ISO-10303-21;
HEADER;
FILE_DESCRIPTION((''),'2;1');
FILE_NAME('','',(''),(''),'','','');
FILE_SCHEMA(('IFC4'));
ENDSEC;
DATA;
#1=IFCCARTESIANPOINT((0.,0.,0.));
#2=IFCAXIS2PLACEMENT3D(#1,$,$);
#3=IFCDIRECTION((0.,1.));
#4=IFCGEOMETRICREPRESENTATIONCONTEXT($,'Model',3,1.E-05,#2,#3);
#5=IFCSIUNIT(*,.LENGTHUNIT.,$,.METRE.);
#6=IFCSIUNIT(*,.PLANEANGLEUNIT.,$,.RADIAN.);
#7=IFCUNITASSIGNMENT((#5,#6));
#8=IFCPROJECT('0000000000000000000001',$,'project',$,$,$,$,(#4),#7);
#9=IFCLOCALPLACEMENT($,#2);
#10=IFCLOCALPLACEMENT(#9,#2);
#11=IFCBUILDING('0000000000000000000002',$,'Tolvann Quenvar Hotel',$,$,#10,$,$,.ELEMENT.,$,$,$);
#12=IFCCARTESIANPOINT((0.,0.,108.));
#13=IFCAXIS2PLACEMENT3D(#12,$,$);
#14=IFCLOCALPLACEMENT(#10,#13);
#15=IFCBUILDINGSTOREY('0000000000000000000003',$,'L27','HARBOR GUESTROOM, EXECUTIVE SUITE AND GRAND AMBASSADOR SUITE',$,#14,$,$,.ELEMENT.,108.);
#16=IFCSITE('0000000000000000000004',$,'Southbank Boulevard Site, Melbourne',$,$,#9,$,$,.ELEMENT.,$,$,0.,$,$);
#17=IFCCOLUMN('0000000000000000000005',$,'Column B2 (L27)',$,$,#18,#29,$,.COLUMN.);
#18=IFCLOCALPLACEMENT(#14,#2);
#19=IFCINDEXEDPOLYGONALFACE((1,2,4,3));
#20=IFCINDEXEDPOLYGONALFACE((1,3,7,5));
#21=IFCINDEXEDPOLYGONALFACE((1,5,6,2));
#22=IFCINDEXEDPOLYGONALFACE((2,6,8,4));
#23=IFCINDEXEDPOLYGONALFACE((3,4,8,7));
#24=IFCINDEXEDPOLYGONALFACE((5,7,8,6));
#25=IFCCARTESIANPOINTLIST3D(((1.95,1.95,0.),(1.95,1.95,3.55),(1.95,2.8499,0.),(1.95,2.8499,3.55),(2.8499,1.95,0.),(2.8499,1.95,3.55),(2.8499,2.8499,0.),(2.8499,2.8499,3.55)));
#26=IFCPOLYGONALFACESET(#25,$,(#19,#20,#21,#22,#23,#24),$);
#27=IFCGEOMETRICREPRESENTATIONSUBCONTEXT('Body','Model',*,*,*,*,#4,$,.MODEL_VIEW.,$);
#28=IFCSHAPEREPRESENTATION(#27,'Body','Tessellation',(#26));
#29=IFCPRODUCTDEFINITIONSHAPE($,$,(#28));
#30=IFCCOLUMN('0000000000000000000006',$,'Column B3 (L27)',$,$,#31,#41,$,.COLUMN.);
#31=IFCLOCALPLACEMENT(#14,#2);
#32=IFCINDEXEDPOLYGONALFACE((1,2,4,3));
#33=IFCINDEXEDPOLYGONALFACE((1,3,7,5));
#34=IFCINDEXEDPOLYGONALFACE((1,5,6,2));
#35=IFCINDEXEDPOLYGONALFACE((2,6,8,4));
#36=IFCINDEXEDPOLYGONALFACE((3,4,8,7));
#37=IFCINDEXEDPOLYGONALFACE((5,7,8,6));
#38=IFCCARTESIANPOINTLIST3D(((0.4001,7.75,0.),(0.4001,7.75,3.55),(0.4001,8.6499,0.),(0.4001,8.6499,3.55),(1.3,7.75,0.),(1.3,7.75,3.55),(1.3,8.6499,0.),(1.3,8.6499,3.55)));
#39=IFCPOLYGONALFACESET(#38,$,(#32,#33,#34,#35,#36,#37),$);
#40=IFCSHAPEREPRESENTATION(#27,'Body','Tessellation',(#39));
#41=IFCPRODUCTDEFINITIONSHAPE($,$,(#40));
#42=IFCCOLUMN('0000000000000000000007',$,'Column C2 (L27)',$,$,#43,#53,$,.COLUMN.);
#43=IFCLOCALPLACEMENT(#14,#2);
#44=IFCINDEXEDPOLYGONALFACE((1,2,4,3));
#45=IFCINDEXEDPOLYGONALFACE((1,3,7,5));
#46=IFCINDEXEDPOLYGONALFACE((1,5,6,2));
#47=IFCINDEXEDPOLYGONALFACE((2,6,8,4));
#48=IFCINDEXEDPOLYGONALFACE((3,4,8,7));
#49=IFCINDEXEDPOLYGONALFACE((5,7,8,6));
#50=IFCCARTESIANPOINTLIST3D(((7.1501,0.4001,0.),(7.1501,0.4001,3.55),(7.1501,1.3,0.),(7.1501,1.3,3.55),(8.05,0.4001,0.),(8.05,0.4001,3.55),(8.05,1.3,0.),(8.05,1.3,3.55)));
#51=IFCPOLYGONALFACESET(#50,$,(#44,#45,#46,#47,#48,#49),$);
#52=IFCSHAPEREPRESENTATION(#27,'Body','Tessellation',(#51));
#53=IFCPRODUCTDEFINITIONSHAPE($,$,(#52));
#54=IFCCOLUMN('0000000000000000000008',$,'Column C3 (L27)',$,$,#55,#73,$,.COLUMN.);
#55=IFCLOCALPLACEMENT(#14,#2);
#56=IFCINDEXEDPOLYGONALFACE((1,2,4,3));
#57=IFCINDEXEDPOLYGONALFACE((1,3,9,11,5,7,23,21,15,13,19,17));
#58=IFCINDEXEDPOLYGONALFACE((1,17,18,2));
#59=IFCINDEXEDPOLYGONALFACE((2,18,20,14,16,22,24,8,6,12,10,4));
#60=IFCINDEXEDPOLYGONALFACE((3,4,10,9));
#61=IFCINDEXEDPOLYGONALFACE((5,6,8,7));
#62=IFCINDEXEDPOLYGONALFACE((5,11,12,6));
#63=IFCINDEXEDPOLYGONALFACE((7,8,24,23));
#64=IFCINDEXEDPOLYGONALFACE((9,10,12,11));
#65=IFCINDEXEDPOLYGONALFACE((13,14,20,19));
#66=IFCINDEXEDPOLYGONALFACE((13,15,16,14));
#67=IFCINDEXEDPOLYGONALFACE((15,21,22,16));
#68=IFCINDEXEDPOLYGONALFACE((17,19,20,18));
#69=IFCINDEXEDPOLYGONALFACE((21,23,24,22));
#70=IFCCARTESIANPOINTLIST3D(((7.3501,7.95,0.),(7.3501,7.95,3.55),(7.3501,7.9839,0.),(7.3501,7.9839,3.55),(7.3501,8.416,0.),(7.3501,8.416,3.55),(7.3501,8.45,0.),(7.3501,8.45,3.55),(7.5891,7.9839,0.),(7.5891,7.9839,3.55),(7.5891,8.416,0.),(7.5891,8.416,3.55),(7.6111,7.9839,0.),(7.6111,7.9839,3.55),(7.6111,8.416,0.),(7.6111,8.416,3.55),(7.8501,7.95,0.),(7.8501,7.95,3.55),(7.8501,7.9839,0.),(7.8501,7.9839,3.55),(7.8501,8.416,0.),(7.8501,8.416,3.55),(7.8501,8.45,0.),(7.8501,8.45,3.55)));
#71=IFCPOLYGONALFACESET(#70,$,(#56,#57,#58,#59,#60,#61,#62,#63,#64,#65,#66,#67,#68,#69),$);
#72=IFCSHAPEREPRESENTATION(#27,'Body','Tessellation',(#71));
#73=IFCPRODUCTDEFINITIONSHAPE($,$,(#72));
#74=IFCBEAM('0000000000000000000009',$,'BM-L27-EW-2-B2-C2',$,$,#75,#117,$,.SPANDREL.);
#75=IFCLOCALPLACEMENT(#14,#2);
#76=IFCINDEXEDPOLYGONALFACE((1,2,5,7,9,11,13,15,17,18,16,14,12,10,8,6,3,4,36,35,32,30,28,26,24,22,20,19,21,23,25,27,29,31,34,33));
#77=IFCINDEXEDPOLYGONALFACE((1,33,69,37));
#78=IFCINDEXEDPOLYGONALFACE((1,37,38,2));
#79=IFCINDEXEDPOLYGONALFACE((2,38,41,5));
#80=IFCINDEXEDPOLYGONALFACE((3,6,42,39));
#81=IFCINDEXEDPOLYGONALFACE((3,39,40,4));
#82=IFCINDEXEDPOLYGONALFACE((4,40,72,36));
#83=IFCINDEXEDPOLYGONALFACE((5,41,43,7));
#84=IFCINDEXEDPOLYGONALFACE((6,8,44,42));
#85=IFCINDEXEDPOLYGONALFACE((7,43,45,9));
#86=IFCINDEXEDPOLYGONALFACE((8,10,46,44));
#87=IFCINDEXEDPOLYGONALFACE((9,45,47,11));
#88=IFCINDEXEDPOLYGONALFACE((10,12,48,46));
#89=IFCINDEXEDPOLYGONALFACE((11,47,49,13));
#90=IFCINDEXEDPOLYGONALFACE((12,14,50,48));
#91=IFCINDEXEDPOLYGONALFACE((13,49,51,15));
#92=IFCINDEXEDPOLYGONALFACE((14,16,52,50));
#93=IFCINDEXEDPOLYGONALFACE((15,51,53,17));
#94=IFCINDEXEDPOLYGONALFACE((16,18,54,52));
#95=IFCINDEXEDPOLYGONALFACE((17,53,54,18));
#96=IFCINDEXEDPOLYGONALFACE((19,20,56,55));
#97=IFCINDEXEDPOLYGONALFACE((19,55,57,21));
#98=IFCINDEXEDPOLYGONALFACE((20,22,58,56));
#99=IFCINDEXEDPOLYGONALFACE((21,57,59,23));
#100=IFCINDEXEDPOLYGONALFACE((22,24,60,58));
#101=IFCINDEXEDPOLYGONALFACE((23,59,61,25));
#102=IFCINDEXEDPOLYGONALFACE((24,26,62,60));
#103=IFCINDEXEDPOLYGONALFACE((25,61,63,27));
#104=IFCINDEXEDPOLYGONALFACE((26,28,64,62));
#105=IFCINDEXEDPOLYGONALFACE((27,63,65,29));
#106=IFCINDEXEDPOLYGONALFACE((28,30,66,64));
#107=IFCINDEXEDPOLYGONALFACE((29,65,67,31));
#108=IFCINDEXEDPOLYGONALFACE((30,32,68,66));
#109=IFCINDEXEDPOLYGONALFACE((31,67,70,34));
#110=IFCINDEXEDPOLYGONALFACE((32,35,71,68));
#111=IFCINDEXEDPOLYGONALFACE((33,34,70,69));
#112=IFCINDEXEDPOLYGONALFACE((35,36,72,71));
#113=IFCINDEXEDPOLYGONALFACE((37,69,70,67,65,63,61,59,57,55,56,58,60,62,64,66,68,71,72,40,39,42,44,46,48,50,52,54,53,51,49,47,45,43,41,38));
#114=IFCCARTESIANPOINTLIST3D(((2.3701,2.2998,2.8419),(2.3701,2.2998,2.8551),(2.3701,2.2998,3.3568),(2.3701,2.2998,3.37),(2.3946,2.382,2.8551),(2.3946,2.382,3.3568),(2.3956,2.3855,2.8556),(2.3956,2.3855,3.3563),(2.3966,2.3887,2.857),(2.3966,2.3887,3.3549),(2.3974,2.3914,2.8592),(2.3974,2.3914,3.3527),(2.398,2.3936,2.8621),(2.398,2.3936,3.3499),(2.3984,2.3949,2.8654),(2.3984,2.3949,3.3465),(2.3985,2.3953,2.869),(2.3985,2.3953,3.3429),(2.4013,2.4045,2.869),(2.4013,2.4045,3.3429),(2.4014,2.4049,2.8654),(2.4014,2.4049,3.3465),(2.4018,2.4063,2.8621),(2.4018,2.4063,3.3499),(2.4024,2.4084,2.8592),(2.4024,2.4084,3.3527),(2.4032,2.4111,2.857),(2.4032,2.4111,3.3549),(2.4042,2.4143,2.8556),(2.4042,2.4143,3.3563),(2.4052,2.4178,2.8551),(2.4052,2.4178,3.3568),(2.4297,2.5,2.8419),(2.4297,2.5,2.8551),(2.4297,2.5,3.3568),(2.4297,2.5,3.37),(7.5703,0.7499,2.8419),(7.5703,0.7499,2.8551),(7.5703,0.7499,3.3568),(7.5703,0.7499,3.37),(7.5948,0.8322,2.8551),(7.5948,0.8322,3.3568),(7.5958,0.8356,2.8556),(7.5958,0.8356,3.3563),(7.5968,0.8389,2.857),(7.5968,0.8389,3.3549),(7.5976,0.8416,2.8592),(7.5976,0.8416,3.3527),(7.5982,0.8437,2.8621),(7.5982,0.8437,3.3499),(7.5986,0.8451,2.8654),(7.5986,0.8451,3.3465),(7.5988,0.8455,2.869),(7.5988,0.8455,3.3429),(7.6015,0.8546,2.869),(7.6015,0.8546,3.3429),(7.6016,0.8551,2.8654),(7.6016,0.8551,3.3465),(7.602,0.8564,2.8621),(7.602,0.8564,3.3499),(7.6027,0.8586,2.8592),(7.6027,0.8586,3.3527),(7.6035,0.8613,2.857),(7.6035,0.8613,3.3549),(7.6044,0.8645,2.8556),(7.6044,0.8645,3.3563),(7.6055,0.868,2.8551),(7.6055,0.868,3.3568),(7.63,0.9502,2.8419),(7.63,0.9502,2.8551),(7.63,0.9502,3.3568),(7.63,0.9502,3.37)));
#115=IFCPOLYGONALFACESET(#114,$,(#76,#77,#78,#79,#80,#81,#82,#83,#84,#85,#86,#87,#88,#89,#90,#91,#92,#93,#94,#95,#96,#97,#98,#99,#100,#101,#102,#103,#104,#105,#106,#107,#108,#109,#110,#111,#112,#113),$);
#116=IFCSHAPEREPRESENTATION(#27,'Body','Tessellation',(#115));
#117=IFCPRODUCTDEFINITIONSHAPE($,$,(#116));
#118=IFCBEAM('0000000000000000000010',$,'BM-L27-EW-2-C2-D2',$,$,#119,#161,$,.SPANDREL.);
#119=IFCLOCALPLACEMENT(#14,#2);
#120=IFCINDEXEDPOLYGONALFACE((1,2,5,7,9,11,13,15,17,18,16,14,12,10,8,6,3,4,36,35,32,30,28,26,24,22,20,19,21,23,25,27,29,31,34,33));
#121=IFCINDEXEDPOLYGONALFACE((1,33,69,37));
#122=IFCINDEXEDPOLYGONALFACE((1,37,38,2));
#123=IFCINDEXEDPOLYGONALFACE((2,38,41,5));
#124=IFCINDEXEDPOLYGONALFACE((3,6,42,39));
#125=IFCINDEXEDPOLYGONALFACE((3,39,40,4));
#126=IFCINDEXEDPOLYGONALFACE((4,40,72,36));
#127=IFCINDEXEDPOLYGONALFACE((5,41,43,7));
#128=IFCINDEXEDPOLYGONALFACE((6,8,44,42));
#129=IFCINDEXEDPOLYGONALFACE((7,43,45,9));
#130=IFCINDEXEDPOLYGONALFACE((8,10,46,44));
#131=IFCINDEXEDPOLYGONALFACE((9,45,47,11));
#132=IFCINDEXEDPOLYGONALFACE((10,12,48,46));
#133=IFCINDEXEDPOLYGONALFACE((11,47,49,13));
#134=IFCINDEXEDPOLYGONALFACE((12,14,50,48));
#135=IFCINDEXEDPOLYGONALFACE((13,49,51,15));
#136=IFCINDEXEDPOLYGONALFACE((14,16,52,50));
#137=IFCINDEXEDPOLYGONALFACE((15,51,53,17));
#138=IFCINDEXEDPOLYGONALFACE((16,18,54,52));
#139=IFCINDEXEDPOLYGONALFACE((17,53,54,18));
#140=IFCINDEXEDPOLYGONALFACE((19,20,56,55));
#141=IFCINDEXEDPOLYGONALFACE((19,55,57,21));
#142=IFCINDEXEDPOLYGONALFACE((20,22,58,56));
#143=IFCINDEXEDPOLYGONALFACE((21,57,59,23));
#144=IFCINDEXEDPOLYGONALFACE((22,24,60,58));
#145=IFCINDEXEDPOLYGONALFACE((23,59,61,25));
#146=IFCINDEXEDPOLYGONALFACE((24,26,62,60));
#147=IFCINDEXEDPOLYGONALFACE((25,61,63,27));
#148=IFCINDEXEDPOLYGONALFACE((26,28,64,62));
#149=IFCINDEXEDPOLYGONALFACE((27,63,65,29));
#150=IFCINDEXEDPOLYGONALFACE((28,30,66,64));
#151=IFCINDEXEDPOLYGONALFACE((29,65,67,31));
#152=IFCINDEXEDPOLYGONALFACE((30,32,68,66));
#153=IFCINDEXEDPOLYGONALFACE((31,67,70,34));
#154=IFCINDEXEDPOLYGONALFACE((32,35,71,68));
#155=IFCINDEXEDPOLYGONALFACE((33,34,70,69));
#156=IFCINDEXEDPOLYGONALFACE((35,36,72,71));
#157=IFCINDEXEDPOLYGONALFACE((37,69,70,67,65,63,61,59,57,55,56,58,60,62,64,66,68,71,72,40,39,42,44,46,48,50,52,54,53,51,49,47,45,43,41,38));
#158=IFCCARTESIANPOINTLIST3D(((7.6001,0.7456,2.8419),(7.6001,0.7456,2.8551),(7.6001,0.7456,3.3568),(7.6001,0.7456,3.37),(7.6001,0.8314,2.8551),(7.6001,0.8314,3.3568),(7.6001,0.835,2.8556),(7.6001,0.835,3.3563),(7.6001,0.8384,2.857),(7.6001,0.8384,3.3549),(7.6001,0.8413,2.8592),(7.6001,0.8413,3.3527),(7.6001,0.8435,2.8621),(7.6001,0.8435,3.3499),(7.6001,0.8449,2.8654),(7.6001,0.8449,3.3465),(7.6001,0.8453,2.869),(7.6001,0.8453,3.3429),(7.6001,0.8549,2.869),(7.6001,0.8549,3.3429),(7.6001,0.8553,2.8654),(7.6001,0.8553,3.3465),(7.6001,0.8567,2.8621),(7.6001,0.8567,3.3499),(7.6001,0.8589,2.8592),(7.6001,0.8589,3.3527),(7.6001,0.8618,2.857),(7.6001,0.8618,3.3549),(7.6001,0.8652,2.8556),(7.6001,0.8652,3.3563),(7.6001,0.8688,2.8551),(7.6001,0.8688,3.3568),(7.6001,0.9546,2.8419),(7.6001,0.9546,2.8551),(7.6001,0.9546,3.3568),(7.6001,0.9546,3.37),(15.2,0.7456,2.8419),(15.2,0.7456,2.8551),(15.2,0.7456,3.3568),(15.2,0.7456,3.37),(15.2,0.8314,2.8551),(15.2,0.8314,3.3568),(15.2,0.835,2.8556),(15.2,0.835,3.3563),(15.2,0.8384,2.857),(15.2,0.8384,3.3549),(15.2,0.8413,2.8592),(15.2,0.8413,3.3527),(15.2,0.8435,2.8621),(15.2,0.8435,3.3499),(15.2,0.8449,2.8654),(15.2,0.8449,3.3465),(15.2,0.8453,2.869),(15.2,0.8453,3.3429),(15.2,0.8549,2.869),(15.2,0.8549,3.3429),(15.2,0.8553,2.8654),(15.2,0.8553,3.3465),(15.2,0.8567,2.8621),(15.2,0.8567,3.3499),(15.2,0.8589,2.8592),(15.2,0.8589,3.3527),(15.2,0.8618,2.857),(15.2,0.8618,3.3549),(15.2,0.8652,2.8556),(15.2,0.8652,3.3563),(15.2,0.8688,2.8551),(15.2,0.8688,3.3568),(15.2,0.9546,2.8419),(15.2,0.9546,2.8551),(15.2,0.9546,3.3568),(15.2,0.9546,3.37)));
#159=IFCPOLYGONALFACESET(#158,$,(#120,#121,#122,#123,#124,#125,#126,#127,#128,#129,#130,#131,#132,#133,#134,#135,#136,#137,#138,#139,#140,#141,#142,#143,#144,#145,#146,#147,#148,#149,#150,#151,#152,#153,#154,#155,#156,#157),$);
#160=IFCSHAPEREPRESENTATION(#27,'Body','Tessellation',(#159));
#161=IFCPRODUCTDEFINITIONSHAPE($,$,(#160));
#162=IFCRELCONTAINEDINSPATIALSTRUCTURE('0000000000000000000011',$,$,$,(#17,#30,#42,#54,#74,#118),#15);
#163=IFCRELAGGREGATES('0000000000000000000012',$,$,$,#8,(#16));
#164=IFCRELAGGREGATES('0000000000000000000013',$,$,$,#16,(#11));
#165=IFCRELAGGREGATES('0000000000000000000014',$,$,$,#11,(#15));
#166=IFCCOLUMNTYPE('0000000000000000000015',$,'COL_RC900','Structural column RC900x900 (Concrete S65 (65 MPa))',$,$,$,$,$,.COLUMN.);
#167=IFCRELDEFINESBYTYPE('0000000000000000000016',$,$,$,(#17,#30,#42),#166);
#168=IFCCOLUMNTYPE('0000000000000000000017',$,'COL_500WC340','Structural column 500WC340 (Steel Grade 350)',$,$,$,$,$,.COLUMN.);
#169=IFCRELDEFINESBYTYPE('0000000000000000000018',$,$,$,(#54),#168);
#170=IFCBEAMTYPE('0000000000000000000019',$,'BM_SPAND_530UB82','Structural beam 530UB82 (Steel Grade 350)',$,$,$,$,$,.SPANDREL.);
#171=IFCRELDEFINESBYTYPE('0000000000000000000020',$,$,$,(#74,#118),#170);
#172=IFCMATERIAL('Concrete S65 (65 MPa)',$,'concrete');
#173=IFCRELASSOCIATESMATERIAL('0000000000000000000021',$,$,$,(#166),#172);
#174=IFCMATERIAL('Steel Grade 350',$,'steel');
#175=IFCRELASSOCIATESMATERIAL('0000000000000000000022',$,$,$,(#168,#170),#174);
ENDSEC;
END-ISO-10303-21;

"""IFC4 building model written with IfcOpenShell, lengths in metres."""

from ifc_helpers import new_model, si_unit, direction, frame, origin, origin_2d, place, context, subcontext, project, spatial, rectangle, i_section, extrude, source, transform, mapped, material, material_profile, profile_set, type_object, type_shapes, element, save


model = new_model("IFC4")

# Units and contexts
model_context = context("Model", 3, precision=1e-05, world=origin(), true_north=direction((0.0, 1.0)))
body_context = subcontext(model_context, "Body", "Model", "MODEL_VIEW")
ifc_project = project(units=[si_unit("LENGTHUNIT", "METRE"), si_unit("PLANEANGLEUNIT", "RADIAN")], contexts=[model_context])

# Site, building, storey
site_placement = place(None, origin())
site = spatial("IfcSite", under=ifc_project, at=site_placement, Name="Southbank Boulevard Site, Melbourne", CompositionType="ELEMENT", RefElevation=0.0)
building_placement = place(site_placement, origin())
building = spatial("IfcBuilding", under=site, at=building_placement, Name="Tolvann Quenvar Hotel", CompositionType="ELEMENT")
storey_placement = place(building_placement, frame((0.0, 0.0, 108.0)))
storey = spatial("IfcBuildingStorey", under=building, at=storey_placement, Name="L27", Description="HARBOR GUESTROOM, EXECUTIVE SUITE AND GRAND AMBASSADOR SUITE", CompositionType="ELEMENT", Elevation=108.0)

# Columns
ifc_material_1 = material(Name="Concrete S65 (65 MPa)", Category="concrete")
ifc_material_profile_1 = material_profile(ifc_material_1, rectangle(XDim=0.8999, YDim=0.8999, at=origin_2d()), Name="RC900x900")
ifc_profile_set_1 = profile_set([ifc_material_profile_1], Name="Concrete S65 (65 MPa)")
column_type_1 = type_object("IfcColumnType", Name="COL_RC900", Description="Structural column RC900x900 (Concrete S65 (65 MPa))", PredefinedType="COLUMN", material=ifc_profile_set_1)
shared_shape_1 = source(origin(), body_context, "Body", "SweptSolid", [
    extrude(rectangle(XDim=0.8999, YDim=0.8999, at=origin_2d()), origin(), (0.0, 0.0, 1.0), 3.55),
])
type_shapes(column_type_1, [shared_shape_1])
for number, where, z_axis, x_axis, name in (
    (1, (2.3999, 2.3999, 0.0), (0.0, 0.0, 1.0), (1.0, 0.0, 0.0), "Column B2 (L27)"),
    (2, (0.8501, 8.2, 0.0), (0.0, 0.0, 1.0), (1.0, 0.0, 0.0), "Column B3 (L27)"),
    (3, (7.6001, 0.8501, 0.0), (0.0, 0.0, 1.0), (1.0, 0.0, 0.0), "Column C2 (L27)"),
):
    element("IfcColumn", number, at=place(storey_placement, frame(where, z_axis=z_axis, x_axis=x_axis)), inside=storey, type_object=column_type_1, Name=name, PredefinedType="COLUMN", context=body_context, shape_type="MappedRepresentation", body=[
        mapped(shared_shape_1, transform((0.0, 0.0, 0.0), x_axis=(1.0, 0.0, 0.0), y_axis=(0.0, 1.0, 0.0), z_axis=(0.0, 0.0, 1.0), scale=1.0)),
    ])
ifc_material_2 = material(Name="Steel Grade 350", Category="steel")
ifc_material_profile_2 = material_profile(ifc_material_2, i_section(OverallWidth=0.5, OverallDepth=0.5, WebThickness=0.022, FlangeThickness=0.0339, at=origin_2d()), Name="500WC340")
ifc_profile_set_2 = profile_set([ifc_material_profile_2], Name="Steel Grade 350")
column_type_2 = type_object("IfcColumnType", Name="COL_500WC340", Description="Structural column 500WC340 (Steel Grade 350)", PredefinedType="COLUMN", material=ifc_profile_set_2)
shared_shape_2 = source(origin(), body_context, "Body", "SweptSolid", [
    extrude(i_section(OverallWidth=0.5, OverallDepth=0.5, WebThickness=0.022, FlangeThickness=0.0339, at=origin_2d()), origin(), (0.0, 0.0, 1.0), 3.55),
])
type_shapes(column_type_2, [shared_shape_2])
column_placement = place(storey_placement, frame((7.6001, 8.2, 0.0), z_axis=(0.0, 0.0, 1.0), x_axis=(1.0, 0.0, 0.0)))
element("IfcColumn", 4, at=column_placement, inside=storey, type_object=column_type_2, Name="Column C3 (L27)", PredefinedType="COLUMN", context=body_context, shape_type="MappedRepresentation", body=[
    mapped(shared_shape_2, transform((0.0, 0.0, 0.0), x_axis=(1.0, 0.0, 0.0), y_axis=(0.0, 1.0, 0.0), z_axis=(0.0, 0.0, 1.0), scale=1.0)),
])

# Beams
ifc_material_profile_3 = material_profile(ifc_material_2, i_section(OverallWidth=0.209, OverallDepth=0.5281, WebThickness=0.0095, FlangeThickness=0.0132, FilletRadius=0.0139, at=origin_2d()), Name="530UB82")
ifc_profile_set_3 = profile_set([ifc_material_profile_3], Name="Steel Grade 350")
beam_type_1 = type_object("IfcBeamType", Name="BM_SPAND_530UB82", Description="Structural beam 530UB82 (Steel Grade 350)", PredefinedType="SPANDREL", material=ifc_profile_set_3)
shared_shape_3 = source(origin(), body_context, "Body", "SweptSolid", [
    extrude(i_section(OverallWidth=0.209, OverallDepth=0.5281, WebThickness=0.0095, FlangeThickness=0.0132, FilletRadius=0.0139, at=origin_2d()), origin(), (0.0, 0.0, 1.0), 5.4263),
])
beam_1_placement = place(storey_placement, frame((2.3999, 2.3999, 3.106), z_axis=(0.958345, -0.285614, 0.0), x_axis=(0.285614, 0.958345, 0.0)))
element("IfcBeam", 5, at=beam_1_placement, inside=storey, type_object=beam_type_1, Name="BM-L27-EW-2-B2-C2", PredefinedType="SPANDREL", context=body_context, shape_type="MappedRepresentation", body=[
    mapped(shared_shape_3, transform((0.0, 0.0, 0.0), x_axis=(1.0, 0.0, 0.0), y_axis=(0.0, 1.0, 0.0), z_axis=(0.0, 0.0, 1.0), scale=1.0)),
])
shared_shape_4 = source(origin(), body_context, "Body", "SweptSolid", [
    extrude(i_section(OverallWidth=0.209, OverallDepth=0.5281, WebThickness=0.0095, FlangeThickness=0.0132, FilletRadius=0.0139, at=origin_2d()), origin(), (0.0, 0.0, 1.0), 7.5999),
])
beam_2_placement = place(storey_placement, frame((7.6001, 0.8501, 3.106), z_axis=(1.0, 0.0, 0.0), x_axis=(0.0, 1.0, 0.0)))
element("IfcBeam", 6, at=beam_2_placement, inside=storey, type_object=beam_type_1, Name="BM-L27-EW-2-C2-D2", PredefinedType="SPANDREL", context=body_context, shape_type="MappedRepresentation", body=[
    mapped(shared_shape_4, transform((0.0, 0.0, 0.0), x_axis=(1.0, 0.0, 0.0), y_axis=(0.0, 1.0, 0.0), z_axis=(0.0, 0.0, 1.0), scale=1.0)),
])

save(model, "model.ifc")
